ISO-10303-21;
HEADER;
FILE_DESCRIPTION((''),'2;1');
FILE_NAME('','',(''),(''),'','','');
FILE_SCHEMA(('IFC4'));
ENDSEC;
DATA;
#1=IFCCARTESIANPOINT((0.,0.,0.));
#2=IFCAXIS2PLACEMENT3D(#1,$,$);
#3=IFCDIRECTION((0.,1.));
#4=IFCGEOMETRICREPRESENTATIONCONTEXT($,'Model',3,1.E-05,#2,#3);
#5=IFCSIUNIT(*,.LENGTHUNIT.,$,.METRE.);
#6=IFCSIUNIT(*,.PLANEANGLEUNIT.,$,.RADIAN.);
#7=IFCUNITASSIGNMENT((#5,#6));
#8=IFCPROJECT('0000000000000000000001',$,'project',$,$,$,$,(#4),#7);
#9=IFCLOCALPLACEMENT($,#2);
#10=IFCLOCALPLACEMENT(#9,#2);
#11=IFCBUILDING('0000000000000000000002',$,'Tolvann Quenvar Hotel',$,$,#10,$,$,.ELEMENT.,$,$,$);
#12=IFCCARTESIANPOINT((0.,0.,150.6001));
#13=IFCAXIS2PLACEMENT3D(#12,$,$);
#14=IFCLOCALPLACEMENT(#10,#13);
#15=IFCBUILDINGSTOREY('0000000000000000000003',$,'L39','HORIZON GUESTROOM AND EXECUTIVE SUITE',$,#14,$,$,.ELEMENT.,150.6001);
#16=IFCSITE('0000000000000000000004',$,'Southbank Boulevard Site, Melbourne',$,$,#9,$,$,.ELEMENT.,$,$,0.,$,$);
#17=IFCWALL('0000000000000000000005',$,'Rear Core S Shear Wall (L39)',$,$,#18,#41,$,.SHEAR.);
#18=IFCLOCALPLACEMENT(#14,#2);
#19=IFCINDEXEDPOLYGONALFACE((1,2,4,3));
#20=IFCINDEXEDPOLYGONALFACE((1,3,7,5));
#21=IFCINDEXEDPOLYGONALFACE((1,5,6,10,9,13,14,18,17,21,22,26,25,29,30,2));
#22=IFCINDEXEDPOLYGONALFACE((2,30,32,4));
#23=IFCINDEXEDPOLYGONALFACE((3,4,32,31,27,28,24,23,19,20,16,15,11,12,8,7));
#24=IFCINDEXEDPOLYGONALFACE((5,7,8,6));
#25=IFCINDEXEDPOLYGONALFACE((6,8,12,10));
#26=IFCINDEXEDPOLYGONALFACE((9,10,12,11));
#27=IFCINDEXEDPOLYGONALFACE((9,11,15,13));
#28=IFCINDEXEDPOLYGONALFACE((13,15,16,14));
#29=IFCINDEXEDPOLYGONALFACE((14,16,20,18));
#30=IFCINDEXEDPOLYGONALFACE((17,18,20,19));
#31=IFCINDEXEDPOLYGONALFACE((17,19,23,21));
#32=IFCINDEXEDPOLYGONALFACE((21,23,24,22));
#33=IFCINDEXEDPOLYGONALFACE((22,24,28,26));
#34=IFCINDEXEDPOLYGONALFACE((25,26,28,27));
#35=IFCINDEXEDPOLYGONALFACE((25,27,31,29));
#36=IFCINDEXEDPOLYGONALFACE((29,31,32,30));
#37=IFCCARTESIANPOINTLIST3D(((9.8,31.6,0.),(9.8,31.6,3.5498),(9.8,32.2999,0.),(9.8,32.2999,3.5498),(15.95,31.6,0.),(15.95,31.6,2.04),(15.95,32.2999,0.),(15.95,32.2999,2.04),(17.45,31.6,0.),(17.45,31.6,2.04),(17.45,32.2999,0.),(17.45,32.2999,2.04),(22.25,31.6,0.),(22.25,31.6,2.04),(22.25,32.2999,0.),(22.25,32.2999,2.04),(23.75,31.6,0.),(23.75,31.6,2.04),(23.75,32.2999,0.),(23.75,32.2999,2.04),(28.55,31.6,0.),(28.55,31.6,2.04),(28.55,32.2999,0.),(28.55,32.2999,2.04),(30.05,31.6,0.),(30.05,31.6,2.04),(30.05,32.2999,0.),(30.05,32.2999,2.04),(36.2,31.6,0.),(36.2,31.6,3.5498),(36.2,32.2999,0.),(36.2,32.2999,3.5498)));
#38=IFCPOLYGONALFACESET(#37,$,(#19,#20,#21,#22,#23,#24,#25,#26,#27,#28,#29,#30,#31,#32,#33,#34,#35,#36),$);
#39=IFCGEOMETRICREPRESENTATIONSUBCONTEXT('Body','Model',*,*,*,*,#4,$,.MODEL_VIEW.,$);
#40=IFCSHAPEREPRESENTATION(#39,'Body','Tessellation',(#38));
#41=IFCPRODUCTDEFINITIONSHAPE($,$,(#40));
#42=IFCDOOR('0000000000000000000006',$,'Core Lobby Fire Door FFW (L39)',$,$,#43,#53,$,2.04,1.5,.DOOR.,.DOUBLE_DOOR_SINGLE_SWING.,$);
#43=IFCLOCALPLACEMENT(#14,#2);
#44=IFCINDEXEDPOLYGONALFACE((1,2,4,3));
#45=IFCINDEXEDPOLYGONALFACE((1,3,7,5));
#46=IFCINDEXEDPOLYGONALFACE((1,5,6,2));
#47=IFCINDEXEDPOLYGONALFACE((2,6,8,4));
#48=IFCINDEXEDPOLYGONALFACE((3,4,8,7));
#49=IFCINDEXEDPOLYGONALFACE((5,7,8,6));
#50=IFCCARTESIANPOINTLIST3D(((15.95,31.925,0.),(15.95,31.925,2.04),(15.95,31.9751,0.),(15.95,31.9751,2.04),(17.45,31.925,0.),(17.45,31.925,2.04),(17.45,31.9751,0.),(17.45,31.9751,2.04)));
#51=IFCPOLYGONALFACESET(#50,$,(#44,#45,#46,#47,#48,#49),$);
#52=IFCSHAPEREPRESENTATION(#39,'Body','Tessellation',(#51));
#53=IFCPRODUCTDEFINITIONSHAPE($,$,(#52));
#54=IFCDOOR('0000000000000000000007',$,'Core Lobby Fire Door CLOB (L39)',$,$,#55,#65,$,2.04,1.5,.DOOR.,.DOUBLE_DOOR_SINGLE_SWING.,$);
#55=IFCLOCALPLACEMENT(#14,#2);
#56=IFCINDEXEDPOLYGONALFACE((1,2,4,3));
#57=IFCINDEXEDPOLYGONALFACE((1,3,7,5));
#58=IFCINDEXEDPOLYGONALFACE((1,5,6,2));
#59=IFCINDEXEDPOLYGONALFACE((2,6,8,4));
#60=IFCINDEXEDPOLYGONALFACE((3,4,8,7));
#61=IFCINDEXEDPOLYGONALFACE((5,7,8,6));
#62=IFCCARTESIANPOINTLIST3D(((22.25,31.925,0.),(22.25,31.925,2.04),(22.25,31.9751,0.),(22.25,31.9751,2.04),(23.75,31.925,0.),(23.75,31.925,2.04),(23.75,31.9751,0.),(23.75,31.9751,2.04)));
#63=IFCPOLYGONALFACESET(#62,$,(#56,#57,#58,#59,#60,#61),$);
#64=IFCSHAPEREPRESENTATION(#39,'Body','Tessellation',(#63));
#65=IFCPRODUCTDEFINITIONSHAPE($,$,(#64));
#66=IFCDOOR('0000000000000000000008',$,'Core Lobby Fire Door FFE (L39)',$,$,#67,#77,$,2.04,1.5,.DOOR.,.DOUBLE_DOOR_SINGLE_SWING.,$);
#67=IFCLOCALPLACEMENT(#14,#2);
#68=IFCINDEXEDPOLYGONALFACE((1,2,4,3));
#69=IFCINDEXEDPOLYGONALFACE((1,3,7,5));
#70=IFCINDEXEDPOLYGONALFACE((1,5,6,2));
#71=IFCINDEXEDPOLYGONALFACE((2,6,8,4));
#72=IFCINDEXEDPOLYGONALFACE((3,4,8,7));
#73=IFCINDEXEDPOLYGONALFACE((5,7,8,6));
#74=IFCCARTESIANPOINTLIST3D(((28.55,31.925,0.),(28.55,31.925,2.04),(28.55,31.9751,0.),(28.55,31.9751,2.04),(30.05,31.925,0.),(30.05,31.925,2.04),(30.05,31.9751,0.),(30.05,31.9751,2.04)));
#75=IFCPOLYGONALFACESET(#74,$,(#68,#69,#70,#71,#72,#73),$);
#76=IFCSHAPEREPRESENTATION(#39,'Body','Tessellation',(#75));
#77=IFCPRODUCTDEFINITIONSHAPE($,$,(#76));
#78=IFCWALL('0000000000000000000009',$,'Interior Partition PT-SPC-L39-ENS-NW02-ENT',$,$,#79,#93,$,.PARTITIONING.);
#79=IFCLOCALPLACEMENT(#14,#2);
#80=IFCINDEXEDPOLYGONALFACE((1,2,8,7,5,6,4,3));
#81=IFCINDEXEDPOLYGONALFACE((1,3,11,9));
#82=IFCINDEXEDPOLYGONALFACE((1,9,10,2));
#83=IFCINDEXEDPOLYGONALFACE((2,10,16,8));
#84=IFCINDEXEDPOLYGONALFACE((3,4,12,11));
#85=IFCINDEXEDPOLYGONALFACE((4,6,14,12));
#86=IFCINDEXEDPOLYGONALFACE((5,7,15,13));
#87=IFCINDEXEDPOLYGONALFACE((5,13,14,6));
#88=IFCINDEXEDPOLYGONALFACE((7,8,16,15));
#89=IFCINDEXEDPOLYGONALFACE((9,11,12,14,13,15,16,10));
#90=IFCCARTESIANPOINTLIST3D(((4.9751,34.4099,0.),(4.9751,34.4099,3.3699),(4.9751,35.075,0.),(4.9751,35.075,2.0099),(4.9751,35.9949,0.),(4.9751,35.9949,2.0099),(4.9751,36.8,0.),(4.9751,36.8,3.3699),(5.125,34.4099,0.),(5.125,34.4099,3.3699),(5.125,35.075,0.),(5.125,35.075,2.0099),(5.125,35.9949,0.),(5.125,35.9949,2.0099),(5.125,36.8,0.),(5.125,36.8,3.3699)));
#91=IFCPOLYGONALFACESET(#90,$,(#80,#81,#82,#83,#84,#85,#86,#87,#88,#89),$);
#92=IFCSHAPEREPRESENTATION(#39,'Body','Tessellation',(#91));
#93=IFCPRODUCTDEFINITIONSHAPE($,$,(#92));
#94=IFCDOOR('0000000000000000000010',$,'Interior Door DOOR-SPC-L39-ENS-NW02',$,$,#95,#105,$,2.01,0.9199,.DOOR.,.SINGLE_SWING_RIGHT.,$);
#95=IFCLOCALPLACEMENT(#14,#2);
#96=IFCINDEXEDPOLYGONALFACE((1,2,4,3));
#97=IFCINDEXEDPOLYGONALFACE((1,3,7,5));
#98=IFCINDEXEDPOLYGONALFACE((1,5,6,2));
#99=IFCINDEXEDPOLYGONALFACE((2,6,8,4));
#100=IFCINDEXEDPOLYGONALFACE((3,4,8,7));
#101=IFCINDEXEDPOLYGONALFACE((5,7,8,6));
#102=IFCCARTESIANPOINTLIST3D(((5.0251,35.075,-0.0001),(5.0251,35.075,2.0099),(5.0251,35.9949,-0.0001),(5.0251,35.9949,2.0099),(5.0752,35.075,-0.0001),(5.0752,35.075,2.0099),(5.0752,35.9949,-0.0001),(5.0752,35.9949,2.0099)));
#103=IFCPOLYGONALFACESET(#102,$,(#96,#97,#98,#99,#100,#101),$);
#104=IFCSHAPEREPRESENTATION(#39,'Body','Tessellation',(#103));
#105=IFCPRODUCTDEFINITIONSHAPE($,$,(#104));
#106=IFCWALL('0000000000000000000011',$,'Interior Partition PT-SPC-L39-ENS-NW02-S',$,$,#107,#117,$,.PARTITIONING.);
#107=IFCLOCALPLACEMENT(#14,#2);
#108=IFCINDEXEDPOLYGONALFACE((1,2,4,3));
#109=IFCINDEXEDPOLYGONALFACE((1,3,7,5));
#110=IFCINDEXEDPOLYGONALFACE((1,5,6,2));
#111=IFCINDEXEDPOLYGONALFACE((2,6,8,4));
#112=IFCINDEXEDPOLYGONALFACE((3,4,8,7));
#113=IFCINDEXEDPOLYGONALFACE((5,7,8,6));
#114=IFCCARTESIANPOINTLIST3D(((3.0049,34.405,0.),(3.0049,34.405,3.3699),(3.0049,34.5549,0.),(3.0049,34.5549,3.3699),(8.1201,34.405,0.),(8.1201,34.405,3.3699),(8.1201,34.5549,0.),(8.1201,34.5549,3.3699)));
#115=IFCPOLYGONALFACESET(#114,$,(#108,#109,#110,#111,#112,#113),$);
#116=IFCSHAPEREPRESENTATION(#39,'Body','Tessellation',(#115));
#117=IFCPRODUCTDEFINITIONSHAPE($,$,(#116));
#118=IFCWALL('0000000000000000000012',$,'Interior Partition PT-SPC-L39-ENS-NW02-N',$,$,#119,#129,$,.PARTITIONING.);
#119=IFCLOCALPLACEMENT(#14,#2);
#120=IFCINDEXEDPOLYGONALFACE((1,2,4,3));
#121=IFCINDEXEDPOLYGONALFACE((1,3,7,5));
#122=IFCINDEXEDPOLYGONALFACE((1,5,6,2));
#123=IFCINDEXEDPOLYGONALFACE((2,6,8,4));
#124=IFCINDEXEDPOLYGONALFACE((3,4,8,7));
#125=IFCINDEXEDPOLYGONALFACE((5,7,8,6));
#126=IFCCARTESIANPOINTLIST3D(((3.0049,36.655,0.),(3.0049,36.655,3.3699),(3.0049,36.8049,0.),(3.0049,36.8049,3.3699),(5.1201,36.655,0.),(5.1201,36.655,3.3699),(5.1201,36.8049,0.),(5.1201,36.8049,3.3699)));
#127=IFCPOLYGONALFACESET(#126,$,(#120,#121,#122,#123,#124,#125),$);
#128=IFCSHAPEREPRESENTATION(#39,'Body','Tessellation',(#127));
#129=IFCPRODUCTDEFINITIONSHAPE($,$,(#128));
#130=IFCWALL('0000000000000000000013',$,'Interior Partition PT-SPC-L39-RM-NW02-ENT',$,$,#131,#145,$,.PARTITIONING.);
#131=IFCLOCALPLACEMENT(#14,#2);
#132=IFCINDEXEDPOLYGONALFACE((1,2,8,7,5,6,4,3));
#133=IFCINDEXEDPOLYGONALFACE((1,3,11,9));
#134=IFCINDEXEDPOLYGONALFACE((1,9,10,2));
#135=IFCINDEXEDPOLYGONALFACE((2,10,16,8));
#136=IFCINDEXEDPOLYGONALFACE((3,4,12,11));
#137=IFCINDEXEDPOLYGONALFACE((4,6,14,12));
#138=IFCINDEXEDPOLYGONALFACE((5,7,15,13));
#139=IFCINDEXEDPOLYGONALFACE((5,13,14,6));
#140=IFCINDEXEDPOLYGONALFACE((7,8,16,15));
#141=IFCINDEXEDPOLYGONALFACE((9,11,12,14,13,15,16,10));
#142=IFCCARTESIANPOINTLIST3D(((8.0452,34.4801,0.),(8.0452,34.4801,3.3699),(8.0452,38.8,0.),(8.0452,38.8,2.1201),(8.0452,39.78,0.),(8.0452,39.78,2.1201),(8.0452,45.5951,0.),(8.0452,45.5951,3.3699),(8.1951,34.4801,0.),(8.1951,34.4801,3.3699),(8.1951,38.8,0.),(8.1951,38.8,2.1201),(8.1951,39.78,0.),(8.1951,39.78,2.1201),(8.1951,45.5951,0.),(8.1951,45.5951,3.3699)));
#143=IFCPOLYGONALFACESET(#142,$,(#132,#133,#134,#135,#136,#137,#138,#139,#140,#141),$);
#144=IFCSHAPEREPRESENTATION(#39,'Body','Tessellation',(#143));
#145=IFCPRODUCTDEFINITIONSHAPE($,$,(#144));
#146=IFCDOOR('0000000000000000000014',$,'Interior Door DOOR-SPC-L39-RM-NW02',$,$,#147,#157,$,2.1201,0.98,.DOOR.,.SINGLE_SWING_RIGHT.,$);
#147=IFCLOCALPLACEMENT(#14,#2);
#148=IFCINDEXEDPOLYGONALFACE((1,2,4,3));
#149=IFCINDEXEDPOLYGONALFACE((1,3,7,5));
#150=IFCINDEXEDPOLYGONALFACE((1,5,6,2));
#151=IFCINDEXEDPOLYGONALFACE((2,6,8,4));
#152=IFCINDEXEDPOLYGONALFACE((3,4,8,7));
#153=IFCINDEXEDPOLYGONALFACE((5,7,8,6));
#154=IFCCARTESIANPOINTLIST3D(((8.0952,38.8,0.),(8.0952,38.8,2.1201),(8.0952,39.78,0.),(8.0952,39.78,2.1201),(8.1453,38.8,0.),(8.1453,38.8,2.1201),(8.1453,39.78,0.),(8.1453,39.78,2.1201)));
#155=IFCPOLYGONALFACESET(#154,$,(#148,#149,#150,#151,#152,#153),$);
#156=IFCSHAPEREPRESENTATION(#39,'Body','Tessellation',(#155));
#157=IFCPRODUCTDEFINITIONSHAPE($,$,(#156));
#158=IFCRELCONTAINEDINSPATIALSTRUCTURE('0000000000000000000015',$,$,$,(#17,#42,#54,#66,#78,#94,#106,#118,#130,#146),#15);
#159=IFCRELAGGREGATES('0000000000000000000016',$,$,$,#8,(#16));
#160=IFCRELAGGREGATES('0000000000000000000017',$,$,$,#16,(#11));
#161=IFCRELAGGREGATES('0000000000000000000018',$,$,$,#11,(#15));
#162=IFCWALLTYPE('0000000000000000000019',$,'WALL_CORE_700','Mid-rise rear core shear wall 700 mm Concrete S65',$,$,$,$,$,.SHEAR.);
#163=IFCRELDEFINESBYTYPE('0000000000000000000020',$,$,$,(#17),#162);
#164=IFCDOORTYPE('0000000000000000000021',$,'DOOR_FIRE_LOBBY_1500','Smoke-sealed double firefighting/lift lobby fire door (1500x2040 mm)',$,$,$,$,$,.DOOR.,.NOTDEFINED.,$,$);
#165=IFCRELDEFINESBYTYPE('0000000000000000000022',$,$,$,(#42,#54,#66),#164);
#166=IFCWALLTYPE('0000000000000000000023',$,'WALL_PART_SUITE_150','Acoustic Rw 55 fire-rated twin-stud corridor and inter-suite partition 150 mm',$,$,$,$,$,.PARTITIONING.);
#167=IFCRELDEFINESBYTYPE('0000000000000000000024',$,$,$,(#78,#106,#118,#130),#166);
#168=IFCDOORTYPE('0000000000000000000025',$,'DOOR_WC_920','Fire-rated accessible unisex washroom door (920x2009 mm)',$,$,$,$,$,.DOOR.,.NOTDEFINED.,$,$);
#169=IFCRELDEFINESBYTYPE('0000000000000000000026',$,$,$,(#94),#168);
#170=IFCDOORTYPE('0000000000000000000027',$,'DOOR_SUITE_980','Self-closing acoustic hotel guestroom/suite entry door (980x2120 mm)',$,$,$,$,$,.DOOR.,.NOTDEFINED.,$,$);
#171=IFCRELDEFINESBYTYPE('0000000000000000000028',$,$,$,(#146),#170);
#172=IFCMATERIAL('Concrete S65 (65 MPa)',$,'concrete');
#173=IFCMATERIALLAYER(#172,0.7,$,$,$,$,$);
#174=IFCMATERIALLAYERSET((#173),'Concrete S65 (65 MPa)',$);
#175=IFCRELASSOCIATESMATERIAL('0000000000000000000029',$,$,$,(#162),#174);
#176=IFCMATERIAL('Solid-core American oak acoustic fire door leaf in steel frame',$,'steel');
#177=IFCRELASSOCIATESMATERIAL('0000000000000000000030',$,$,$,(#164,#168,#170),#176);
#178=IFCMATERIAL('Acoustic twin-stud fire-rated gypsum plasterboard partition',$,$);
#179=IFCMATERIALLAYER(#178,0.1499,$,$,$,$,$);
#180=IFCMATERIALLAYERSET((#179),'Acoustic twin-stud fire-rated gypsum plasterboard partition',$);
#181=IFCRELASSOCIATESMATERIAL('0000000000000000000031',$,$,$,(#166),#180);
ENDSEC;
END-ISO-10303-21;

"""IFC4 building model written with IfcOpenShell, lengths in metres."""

from ifc_helpers import new_model, si_unit, direction, frame, frame_2d, origin, place, context, subcontext, project, spatial, rectangle, extrude, source, transform, mapped, material, layer, layer_set, type_object, type_shapes, element, fill, save


model = new_model("IFC4")

# Units and contexts
model_context = context("Model", 3, precision=1e-05, world=origin(), true_north=direction((0.0, 1.0)))
body_context = subcontext(model_context, "Body", "Model", "MODEL_VIEW")
ifc_project = project(units=[si_unit("LENGTHUNIT", "METRE"), si_unit("PLANEANGLEUNIT", "RADIAN")], contexts=[model_context])

# Site, building, storey
site_placement = place(None, origin())
site = spatial("IfcSite", under=ifc_project, at=site_placement, Name="Southbank Boulevard Site, Melbourne", CompositionType="ELEMENT", RefElevation=0.0)
building_placement = place(site_placement, origin())
building = spatial("IfcBuilding", under=site, at=building_placement, Name="Tolvann Quenvar Hotel", CompositionType="ELEMENT")
storey_placement = place(building_placement, frame((0.0, 0.0, 150.6001)))
storey = spatial("IfcBuildingStorey", under=building, at=storey_placement, Name="L39", Description="HORIZON GUESTROOM AND EXECUTIVE SUITE", CompositionType="ELEMENT", Elevation=150.6001)

# Wall, openings, doors
ifc_material_1 = material(Name="Concrete S65 (65 MPa)", Category="concrete")
ifc_layer_1 = layer(ifc_material_1, 0.7)
ifc_layer_set_1 = layer_set([ifc_layer_1], Name="Concrete S65 (65 MPa)")
wall_type_1 = type_object("IfcWallType", Name="WALL_CORE_700", Description="Mid-rise rear core shear wall 700 mm Concrete S65", PredefinedType="SHEAR", material=ifc_layer_set_1)
wall_1_placement = place(storey_placement, frame((9.8, 31.95, 0.0), z_axis=(0.0, 0.0, 1.0), x_axis=(1.0, 0.0, 0.0)))
wall_1 = element("IfcWall", 1, at=wall_1_placement, inside=storey, type_object=wall_type_1, Name="Rear Core S Shear Wall (L39)", PredefinedType="SHEAR", context=body_context, shape_type="SweptSolid", body=[
    extrude(rectangle(XDim=26.3999, YDim=0.7, at=frame_2d((13.2, 0.0))), origin(), (0.0, 0.0, 1.0), 3.5498),
])
opening_1_placement = place(wall_1_placement, frame((7.6499, 0.0, 0.0), z_axis=(0.0, 0.0, 1.0), x_axis=(-1.0, 0.0, 0.0)))
opening_1 = element("IfcOpeningElement", 2, at=opening_1_placement, cuts=wall_1, PredefinedType="OPENING", context=body_context, shape_type="SweptSolid", body=[
    extrude(rectangle(XDim=1.5, YDim=2.04, at=frame_2d((0.75, 1.02))), frame((0.0, 0.3599, 0.0), z_axis=(0.0, -1.0, 0.0), x_axis=(1.0, 0.0, 0.0)), (0.0, 0.0, 1.0), 0.72),
])
opening_2_placement = place(wall_1_placement, frame((13.95, 0.0, 0.0), z_axis=(0.0, 0.0, 1.0), x_axis=(-1.0, 0.0, 0.0)))
opening_2 = element("IfcOpeningElement", 3, at=opening_2_placement, cuts=wall_1, PredefinedType="OPENING", context=body_context, shape_type="SweptSolid", body=[
    extrude(rectangle(XDim=1.5, YDim=2.04, at=frame_2d((0.75, 1.02))), frame((0.0, 0.3599, 0.0), z_axis=(0.0, -1.0, 0.0), x_axis=(1.0, 0.0, 0.0)), (0.0, 0.0, 1.0), 0.72),
])
opening_3_placement = place(wall_1_placement, frame((20.25, 0.0, 0.0), z_axis=(0.0, 0.0, 1.0), x_axis=(-1.0, 0.0, 0.0)))
opening_3 = element("IfcOpeningElement", 4, at=opening_3_placement, cuts=wall_1, PredefinedType="OPENING", context=body_context, shape_type="SweptSolid", body=[
    extrude(rectangle(XDim=1.5, YDim=2.04, at=frame_2d((0.75, 1.02))), frame((0.0, 0.3599, 0.0), z_axis=(0.0, -1.0, 0.0), x_axis=(1.0, 0.0, 0.0)), (0.0, 0.0, 1.0), 0.72),
])
ifc_material_2 = material(Name="Solid-core American oak acoustic fire door leaf in steel frame", Category="steel")
door_type_1 = type_object("IfcDoorType", Name="DOOR_FIRE_LOBBY_1500", Description="Smoke-sealed double firefighting/lift lobby fire door (1500x2040 mm)", OperationType="NOTDEFINED", PredefinedType="DOOR", material=ifc_material_2)
shared_shape_1 = source(origin(), body_context, "Body", "SweptSolid", [
    extrude(rectangle(XDim=1.5, YDim=2.04, at=frame_2d((0.75, 1.02))), frame((0.0, 0.0249, 0.0), z_axis=(0.0, -1.0, 0.0), x_axis=(1.0, 0.0, 0.0)), (0.0, 0.0, 1.0), 0.05),
])
type_shapes(door_type_1, [shared_shape_1])
door_1_placement = place(opening_1_placement, origin())
door_1 = element("IfcDoor", 5, at=door_1_placement, inside=storey, type_object=door_type_1, Name="Core Lobby Fire Door FFW (L39)", OperationType="DOUBLE_DOOR_SINGLE_SWING", OverallHeight=2.04, OverallWidth=1.5, PredefinedType="DOOR", context=body_context, shape_type="MappedRepresentation", body=[
    mapped(shared_shape_1, transform((0.0, 0.0, 0.0), x_axis=(1.0, 0.0, 0.0), y_axis=(0.0, 1.0, 0.0), z_axis=(0.0, 0.0, 1.0), scale=1.0)),
])
fill(opening_1, door_1)
door_2_placement = place(opening_2_placement, origin())
door_2 = element("IfcDoor", 6, at=door_2_placement, inside=storey, type_object=door_type_1, Name="Core Lobby Fire Door CLOB (L39)", OperationType="DOUBLE_DOOR_SINGLE_SWING", OverallHeight=2.04, OverallWidth=1.5, PredefinedType="DOOR", context=body_context, shape_type="MappedRepresentation", body=[
    mapped(shared_shape_1, transform((0.0, 0.0, 0.0), x_axis=(1.0, 0.0, 0.0), y_axis=(0.0, 1.0, 0.0), z_axis=(0.0, 0.0, 1.0), scale=1.0)),
])
fill(opening_2, door_2)
door_3_placement = place(opening_3_placement, origin())
door_3 = element("IfcDoor", 7, at=door_3_placement, inside=storey, type_object=door_type_1, Name="Core Lobby Fire Door FFE (L39)", OperationType="DOUBLE_DOOR_SINGLE_SWING", OverallHeight=2.04, OverallWidth=1.5, PredefinedType="DOOR", context=body_context, shape_type="MappedRepresentation", body=[
    mapped(shared_shape_1, transform((0.0, 0.0, 0.0), x_axis=(1.0, 0.0, 0.0), y_axis=(0.0, 1.0, 0.0), z_axis=(0.0, 0.0, 1.0), scale=1.0)),
])
fill(opening_3, door_3)

# Wall, opening, door
ifc_material_3 = material(Name="Acoustic twin-stud fire-rated gypsum plasterboard partition")
ifc_layer_2 = layer(ifc_material_3, 0.1499)
ifc_layer_set_2 = layer_set([ifc_layer_2], Name="Acoustic twin-stud fire-rated gypsum plasterboard partition")
wall_type_2 = type_object("IfcWallType", Name="WALL_PART_SUITE_150", Description="Acoustic Rw 55 fire-rated twin-stud corridor and inter-suite partition 150 mm", PredefinedType="PARTITIONING", material=ifc_layer_set_2)
wall_2_placement = place(storey_placement, frame((5.05, 34.4099, 0.0), z_axis=(0.0, 0.0, 1.0), x_axis=(0.0, 1.0, 0.0)))
wall_2 = element("IfcWall", 8, at=wall_2_placement, inside=storey, type_object=wall_type_2, Name="Interior Partition PT-SPC-L39-ENS-NW02-ENT", PredefinedType="PARTITIONING", context=body_context, shape_type="SweptSolid", body=[
    extrude(rectangle(XDim=2.3901, YDim=0.1499, at=frame_2d((1.1951, 0.0))), origin(), (0.0, 0.0, 1.0), 3.3699),
])
opening_4_placement = place(wall_2_placement, frame((0.665, 0.0, 0.0)))
opening_4 = element("IfcOpeningElement", 9, at=opening_4_placement, cuts=wall_2, PredefinedType="OPENING", context=body_context, shape_type="SweptSolid", body=[
    extrude(rectangle(XDim=0.9199, YDim=2.01, at=frame_2d((0.46, 1.0049))), frame((0.0, 0.085, 0.0), z_axis=(0.0, -1.0, 0.0), x_axis=(1.0, 0.0, 0.0)), (0.0, 0.0, 1.0), 0.1699),
])
door_type_2 = type_object("IfcDoorType", Name="DOOR_WC_920", Description="Fire-rated accessible unisex washroom door (920x2009 mm)", OperationType="NOTDEFINED", PredefinedType="DOOR", material=ifc_material_2)
shared_shape_2 = source(origin(), body_context, "Body", "SweptSolid", [
    extrude(rectangle(XDim=0.9199, YDim=2.01, at=frame_2d((0.46, 1.0049))), frame((0.0, 0.0249, 0.0), z_axis=(0.0, -1.0, 0.0), x_axis=(1.0, 0.0, 0.0)), (0.0, 0.0, 1.0), 0.05),
])
type_shapes(door_type_2, [shared_shape_2])
door_4_placement = place(opening_4_placement, origin())
door_4 = element("IfcDoor", 10, at=door_4_placement, inside=storey, type_object=door_type_2, Name="Interior Door DOOR-SPC-L39-ENS-NW02", OperationType="SINGLE_SWING_RIGHT", OverallHeight=2.01, OverallWidth=0.9199, PredefinedType="DOOR", context=body_context, shape_type="MappedRepresentation", body=[
    mapped(shared_shape_2, transform((0.0, 0.0, 0.0), x_axis=(1.0, 0.0, 0.0), y_axis=(0.0, 1.0, 0.0), z_axis=(0.0, 0.0, 1.0), scale=1.0)),
])
fill(opening_4, door_4)

# Walls
wall_3_placement = place(storey_placement, frame((3.0049, 34.48, 0.0), z_axis=(0.0, 0.0, 1.0), x_axis=(1.0, 0.0, 0.0)))
element("IfcWall", 11, at=wall_3_placement, inside=storey, type_object=wall_type_2, Name="Interior Partition PT-SPC-L39-ENS-NW02-S", PredefinedType="PARTITIONING", context=body_context, shape_type="SweptSolid", body=[
    extrude(rectangle(XDim=5.1152, YDim=0.1499, at=frame_2d((2.5576, 0.0))), origin(), (0.0, 0.0, 1.0), 3.3699),
])
wall_4_placement = place(storey_placement, frame((3.0049, 36.73, 0.0), z_axis=(0.0, 0.0, 1.0), x_axis=(1.0, 0.0, 0.0)))
element("IfcWall", 12, at=wall_4_placement, inside=storey, type_object=wall_type_2, Name="Interior Partition PT-SPC-L39-ENS-NW02-N", PredefinedType="PARTITIONING", context=body_context, shape_type="SweptSolid", body=[
    extrude(rectangle(XDim=2.1152, YDim=0.1499, at=frame_2d((1.0576, 0.0))), origin(), (0.0, 0.0, 1.0), 3.3699),
])

# Wall, opening, door
wall_5_placement = place(storey_placement, frame((8.1201, 34.48, 0.0), z_axis=(0.0, 0.0, 1.0), x_axis=(0.0, 1.0, 0.0)))
wall_5 = element("IfcWall", 13, at=wall_5_placement, inside=storey, type_object=wall_type_2, Name="Interior Partition PT-SPC-L39-RM-NW02-ENT", PredefinedType="PARTITIONING", context=body_context, shape_type="SweptSolid", body=[
    extrude(rectangle(XDim=11.115, YDim=0.1499, at=frame_2d((5.5576, 0.0))), origin(), (0.0, 0.0, 1.0), 3.3699),
])
opening_5_placement = place(wall_5_placement, frame((4.3201, 0.0, 0.0)))
opening_5 = element("IfcOpeningElement", 14, at=opening_5_placement, cuts=wall_5, PredefinedType="OPENING", context=body_context, shape_type="SweptSolid", body=[
    extrude(rectangle(XDim=0.98, YDim=2.1201, at=frame_2d((0.49, 1.0601))), frame((0.0, 0.085, 0.0), z_axis=(0.0, -1.0, 0.0), x_axis=(1.0, 0.0, 0.0)), (0.0, 0.0, 1.0), 0.1699),
])
door_type_3 = type_object("IfcDoorType", Name="DOOR_SUITE_980", Description="Self-closing acoustic hotel guestroom/suite entry door (980x2120 mm)", OperationType="NOTDEFINED", PredefinedType="DOOR", material=ifc_material_2)
shared_shape_3 = source(origin(), body_context, "Body", "SweptSolid", [
    extrude(rectangle(XDim=0.98, YDim=2.1201, at=frame_2d((0.49, 1.0601))), frame((0.0, 0.0249, 0.0), z_axis=(0.0, -1.0, 0.0), x_axis=(1.0, 0.0, 0.0)), (0.0, 0.0, 1.0), 0.05),
])
type_shapes(door_type_3, [shared_shape_3])
door_5_placement = place(opening_5_placement, origin())
door_5 = element("IfcDoor", 15, at=door_5_placement, inside=storey, type_object=door_type_3, Name="Interior Door DOOR-SPC-L39-RM-NW02", OperationType="SINGLE_SWING_RIGHT", OverallHeight=2.1201, OverallWidth=0.98, PredefinedType="DOOR", context=body_context, shape_type="MappedRepresentation", body=[
    mapped(shared_shape_3, transform((0.0, 0.0, 0.0), x_axis=(1.0, 0.0, 0.0), y_axis=(0.0, 1.0, 0.0), z_axis=(0.0, 0.0, 1.0), scale=1.0)),
])
fill(opening_5, door_5)

save(model, "model.ifc")
